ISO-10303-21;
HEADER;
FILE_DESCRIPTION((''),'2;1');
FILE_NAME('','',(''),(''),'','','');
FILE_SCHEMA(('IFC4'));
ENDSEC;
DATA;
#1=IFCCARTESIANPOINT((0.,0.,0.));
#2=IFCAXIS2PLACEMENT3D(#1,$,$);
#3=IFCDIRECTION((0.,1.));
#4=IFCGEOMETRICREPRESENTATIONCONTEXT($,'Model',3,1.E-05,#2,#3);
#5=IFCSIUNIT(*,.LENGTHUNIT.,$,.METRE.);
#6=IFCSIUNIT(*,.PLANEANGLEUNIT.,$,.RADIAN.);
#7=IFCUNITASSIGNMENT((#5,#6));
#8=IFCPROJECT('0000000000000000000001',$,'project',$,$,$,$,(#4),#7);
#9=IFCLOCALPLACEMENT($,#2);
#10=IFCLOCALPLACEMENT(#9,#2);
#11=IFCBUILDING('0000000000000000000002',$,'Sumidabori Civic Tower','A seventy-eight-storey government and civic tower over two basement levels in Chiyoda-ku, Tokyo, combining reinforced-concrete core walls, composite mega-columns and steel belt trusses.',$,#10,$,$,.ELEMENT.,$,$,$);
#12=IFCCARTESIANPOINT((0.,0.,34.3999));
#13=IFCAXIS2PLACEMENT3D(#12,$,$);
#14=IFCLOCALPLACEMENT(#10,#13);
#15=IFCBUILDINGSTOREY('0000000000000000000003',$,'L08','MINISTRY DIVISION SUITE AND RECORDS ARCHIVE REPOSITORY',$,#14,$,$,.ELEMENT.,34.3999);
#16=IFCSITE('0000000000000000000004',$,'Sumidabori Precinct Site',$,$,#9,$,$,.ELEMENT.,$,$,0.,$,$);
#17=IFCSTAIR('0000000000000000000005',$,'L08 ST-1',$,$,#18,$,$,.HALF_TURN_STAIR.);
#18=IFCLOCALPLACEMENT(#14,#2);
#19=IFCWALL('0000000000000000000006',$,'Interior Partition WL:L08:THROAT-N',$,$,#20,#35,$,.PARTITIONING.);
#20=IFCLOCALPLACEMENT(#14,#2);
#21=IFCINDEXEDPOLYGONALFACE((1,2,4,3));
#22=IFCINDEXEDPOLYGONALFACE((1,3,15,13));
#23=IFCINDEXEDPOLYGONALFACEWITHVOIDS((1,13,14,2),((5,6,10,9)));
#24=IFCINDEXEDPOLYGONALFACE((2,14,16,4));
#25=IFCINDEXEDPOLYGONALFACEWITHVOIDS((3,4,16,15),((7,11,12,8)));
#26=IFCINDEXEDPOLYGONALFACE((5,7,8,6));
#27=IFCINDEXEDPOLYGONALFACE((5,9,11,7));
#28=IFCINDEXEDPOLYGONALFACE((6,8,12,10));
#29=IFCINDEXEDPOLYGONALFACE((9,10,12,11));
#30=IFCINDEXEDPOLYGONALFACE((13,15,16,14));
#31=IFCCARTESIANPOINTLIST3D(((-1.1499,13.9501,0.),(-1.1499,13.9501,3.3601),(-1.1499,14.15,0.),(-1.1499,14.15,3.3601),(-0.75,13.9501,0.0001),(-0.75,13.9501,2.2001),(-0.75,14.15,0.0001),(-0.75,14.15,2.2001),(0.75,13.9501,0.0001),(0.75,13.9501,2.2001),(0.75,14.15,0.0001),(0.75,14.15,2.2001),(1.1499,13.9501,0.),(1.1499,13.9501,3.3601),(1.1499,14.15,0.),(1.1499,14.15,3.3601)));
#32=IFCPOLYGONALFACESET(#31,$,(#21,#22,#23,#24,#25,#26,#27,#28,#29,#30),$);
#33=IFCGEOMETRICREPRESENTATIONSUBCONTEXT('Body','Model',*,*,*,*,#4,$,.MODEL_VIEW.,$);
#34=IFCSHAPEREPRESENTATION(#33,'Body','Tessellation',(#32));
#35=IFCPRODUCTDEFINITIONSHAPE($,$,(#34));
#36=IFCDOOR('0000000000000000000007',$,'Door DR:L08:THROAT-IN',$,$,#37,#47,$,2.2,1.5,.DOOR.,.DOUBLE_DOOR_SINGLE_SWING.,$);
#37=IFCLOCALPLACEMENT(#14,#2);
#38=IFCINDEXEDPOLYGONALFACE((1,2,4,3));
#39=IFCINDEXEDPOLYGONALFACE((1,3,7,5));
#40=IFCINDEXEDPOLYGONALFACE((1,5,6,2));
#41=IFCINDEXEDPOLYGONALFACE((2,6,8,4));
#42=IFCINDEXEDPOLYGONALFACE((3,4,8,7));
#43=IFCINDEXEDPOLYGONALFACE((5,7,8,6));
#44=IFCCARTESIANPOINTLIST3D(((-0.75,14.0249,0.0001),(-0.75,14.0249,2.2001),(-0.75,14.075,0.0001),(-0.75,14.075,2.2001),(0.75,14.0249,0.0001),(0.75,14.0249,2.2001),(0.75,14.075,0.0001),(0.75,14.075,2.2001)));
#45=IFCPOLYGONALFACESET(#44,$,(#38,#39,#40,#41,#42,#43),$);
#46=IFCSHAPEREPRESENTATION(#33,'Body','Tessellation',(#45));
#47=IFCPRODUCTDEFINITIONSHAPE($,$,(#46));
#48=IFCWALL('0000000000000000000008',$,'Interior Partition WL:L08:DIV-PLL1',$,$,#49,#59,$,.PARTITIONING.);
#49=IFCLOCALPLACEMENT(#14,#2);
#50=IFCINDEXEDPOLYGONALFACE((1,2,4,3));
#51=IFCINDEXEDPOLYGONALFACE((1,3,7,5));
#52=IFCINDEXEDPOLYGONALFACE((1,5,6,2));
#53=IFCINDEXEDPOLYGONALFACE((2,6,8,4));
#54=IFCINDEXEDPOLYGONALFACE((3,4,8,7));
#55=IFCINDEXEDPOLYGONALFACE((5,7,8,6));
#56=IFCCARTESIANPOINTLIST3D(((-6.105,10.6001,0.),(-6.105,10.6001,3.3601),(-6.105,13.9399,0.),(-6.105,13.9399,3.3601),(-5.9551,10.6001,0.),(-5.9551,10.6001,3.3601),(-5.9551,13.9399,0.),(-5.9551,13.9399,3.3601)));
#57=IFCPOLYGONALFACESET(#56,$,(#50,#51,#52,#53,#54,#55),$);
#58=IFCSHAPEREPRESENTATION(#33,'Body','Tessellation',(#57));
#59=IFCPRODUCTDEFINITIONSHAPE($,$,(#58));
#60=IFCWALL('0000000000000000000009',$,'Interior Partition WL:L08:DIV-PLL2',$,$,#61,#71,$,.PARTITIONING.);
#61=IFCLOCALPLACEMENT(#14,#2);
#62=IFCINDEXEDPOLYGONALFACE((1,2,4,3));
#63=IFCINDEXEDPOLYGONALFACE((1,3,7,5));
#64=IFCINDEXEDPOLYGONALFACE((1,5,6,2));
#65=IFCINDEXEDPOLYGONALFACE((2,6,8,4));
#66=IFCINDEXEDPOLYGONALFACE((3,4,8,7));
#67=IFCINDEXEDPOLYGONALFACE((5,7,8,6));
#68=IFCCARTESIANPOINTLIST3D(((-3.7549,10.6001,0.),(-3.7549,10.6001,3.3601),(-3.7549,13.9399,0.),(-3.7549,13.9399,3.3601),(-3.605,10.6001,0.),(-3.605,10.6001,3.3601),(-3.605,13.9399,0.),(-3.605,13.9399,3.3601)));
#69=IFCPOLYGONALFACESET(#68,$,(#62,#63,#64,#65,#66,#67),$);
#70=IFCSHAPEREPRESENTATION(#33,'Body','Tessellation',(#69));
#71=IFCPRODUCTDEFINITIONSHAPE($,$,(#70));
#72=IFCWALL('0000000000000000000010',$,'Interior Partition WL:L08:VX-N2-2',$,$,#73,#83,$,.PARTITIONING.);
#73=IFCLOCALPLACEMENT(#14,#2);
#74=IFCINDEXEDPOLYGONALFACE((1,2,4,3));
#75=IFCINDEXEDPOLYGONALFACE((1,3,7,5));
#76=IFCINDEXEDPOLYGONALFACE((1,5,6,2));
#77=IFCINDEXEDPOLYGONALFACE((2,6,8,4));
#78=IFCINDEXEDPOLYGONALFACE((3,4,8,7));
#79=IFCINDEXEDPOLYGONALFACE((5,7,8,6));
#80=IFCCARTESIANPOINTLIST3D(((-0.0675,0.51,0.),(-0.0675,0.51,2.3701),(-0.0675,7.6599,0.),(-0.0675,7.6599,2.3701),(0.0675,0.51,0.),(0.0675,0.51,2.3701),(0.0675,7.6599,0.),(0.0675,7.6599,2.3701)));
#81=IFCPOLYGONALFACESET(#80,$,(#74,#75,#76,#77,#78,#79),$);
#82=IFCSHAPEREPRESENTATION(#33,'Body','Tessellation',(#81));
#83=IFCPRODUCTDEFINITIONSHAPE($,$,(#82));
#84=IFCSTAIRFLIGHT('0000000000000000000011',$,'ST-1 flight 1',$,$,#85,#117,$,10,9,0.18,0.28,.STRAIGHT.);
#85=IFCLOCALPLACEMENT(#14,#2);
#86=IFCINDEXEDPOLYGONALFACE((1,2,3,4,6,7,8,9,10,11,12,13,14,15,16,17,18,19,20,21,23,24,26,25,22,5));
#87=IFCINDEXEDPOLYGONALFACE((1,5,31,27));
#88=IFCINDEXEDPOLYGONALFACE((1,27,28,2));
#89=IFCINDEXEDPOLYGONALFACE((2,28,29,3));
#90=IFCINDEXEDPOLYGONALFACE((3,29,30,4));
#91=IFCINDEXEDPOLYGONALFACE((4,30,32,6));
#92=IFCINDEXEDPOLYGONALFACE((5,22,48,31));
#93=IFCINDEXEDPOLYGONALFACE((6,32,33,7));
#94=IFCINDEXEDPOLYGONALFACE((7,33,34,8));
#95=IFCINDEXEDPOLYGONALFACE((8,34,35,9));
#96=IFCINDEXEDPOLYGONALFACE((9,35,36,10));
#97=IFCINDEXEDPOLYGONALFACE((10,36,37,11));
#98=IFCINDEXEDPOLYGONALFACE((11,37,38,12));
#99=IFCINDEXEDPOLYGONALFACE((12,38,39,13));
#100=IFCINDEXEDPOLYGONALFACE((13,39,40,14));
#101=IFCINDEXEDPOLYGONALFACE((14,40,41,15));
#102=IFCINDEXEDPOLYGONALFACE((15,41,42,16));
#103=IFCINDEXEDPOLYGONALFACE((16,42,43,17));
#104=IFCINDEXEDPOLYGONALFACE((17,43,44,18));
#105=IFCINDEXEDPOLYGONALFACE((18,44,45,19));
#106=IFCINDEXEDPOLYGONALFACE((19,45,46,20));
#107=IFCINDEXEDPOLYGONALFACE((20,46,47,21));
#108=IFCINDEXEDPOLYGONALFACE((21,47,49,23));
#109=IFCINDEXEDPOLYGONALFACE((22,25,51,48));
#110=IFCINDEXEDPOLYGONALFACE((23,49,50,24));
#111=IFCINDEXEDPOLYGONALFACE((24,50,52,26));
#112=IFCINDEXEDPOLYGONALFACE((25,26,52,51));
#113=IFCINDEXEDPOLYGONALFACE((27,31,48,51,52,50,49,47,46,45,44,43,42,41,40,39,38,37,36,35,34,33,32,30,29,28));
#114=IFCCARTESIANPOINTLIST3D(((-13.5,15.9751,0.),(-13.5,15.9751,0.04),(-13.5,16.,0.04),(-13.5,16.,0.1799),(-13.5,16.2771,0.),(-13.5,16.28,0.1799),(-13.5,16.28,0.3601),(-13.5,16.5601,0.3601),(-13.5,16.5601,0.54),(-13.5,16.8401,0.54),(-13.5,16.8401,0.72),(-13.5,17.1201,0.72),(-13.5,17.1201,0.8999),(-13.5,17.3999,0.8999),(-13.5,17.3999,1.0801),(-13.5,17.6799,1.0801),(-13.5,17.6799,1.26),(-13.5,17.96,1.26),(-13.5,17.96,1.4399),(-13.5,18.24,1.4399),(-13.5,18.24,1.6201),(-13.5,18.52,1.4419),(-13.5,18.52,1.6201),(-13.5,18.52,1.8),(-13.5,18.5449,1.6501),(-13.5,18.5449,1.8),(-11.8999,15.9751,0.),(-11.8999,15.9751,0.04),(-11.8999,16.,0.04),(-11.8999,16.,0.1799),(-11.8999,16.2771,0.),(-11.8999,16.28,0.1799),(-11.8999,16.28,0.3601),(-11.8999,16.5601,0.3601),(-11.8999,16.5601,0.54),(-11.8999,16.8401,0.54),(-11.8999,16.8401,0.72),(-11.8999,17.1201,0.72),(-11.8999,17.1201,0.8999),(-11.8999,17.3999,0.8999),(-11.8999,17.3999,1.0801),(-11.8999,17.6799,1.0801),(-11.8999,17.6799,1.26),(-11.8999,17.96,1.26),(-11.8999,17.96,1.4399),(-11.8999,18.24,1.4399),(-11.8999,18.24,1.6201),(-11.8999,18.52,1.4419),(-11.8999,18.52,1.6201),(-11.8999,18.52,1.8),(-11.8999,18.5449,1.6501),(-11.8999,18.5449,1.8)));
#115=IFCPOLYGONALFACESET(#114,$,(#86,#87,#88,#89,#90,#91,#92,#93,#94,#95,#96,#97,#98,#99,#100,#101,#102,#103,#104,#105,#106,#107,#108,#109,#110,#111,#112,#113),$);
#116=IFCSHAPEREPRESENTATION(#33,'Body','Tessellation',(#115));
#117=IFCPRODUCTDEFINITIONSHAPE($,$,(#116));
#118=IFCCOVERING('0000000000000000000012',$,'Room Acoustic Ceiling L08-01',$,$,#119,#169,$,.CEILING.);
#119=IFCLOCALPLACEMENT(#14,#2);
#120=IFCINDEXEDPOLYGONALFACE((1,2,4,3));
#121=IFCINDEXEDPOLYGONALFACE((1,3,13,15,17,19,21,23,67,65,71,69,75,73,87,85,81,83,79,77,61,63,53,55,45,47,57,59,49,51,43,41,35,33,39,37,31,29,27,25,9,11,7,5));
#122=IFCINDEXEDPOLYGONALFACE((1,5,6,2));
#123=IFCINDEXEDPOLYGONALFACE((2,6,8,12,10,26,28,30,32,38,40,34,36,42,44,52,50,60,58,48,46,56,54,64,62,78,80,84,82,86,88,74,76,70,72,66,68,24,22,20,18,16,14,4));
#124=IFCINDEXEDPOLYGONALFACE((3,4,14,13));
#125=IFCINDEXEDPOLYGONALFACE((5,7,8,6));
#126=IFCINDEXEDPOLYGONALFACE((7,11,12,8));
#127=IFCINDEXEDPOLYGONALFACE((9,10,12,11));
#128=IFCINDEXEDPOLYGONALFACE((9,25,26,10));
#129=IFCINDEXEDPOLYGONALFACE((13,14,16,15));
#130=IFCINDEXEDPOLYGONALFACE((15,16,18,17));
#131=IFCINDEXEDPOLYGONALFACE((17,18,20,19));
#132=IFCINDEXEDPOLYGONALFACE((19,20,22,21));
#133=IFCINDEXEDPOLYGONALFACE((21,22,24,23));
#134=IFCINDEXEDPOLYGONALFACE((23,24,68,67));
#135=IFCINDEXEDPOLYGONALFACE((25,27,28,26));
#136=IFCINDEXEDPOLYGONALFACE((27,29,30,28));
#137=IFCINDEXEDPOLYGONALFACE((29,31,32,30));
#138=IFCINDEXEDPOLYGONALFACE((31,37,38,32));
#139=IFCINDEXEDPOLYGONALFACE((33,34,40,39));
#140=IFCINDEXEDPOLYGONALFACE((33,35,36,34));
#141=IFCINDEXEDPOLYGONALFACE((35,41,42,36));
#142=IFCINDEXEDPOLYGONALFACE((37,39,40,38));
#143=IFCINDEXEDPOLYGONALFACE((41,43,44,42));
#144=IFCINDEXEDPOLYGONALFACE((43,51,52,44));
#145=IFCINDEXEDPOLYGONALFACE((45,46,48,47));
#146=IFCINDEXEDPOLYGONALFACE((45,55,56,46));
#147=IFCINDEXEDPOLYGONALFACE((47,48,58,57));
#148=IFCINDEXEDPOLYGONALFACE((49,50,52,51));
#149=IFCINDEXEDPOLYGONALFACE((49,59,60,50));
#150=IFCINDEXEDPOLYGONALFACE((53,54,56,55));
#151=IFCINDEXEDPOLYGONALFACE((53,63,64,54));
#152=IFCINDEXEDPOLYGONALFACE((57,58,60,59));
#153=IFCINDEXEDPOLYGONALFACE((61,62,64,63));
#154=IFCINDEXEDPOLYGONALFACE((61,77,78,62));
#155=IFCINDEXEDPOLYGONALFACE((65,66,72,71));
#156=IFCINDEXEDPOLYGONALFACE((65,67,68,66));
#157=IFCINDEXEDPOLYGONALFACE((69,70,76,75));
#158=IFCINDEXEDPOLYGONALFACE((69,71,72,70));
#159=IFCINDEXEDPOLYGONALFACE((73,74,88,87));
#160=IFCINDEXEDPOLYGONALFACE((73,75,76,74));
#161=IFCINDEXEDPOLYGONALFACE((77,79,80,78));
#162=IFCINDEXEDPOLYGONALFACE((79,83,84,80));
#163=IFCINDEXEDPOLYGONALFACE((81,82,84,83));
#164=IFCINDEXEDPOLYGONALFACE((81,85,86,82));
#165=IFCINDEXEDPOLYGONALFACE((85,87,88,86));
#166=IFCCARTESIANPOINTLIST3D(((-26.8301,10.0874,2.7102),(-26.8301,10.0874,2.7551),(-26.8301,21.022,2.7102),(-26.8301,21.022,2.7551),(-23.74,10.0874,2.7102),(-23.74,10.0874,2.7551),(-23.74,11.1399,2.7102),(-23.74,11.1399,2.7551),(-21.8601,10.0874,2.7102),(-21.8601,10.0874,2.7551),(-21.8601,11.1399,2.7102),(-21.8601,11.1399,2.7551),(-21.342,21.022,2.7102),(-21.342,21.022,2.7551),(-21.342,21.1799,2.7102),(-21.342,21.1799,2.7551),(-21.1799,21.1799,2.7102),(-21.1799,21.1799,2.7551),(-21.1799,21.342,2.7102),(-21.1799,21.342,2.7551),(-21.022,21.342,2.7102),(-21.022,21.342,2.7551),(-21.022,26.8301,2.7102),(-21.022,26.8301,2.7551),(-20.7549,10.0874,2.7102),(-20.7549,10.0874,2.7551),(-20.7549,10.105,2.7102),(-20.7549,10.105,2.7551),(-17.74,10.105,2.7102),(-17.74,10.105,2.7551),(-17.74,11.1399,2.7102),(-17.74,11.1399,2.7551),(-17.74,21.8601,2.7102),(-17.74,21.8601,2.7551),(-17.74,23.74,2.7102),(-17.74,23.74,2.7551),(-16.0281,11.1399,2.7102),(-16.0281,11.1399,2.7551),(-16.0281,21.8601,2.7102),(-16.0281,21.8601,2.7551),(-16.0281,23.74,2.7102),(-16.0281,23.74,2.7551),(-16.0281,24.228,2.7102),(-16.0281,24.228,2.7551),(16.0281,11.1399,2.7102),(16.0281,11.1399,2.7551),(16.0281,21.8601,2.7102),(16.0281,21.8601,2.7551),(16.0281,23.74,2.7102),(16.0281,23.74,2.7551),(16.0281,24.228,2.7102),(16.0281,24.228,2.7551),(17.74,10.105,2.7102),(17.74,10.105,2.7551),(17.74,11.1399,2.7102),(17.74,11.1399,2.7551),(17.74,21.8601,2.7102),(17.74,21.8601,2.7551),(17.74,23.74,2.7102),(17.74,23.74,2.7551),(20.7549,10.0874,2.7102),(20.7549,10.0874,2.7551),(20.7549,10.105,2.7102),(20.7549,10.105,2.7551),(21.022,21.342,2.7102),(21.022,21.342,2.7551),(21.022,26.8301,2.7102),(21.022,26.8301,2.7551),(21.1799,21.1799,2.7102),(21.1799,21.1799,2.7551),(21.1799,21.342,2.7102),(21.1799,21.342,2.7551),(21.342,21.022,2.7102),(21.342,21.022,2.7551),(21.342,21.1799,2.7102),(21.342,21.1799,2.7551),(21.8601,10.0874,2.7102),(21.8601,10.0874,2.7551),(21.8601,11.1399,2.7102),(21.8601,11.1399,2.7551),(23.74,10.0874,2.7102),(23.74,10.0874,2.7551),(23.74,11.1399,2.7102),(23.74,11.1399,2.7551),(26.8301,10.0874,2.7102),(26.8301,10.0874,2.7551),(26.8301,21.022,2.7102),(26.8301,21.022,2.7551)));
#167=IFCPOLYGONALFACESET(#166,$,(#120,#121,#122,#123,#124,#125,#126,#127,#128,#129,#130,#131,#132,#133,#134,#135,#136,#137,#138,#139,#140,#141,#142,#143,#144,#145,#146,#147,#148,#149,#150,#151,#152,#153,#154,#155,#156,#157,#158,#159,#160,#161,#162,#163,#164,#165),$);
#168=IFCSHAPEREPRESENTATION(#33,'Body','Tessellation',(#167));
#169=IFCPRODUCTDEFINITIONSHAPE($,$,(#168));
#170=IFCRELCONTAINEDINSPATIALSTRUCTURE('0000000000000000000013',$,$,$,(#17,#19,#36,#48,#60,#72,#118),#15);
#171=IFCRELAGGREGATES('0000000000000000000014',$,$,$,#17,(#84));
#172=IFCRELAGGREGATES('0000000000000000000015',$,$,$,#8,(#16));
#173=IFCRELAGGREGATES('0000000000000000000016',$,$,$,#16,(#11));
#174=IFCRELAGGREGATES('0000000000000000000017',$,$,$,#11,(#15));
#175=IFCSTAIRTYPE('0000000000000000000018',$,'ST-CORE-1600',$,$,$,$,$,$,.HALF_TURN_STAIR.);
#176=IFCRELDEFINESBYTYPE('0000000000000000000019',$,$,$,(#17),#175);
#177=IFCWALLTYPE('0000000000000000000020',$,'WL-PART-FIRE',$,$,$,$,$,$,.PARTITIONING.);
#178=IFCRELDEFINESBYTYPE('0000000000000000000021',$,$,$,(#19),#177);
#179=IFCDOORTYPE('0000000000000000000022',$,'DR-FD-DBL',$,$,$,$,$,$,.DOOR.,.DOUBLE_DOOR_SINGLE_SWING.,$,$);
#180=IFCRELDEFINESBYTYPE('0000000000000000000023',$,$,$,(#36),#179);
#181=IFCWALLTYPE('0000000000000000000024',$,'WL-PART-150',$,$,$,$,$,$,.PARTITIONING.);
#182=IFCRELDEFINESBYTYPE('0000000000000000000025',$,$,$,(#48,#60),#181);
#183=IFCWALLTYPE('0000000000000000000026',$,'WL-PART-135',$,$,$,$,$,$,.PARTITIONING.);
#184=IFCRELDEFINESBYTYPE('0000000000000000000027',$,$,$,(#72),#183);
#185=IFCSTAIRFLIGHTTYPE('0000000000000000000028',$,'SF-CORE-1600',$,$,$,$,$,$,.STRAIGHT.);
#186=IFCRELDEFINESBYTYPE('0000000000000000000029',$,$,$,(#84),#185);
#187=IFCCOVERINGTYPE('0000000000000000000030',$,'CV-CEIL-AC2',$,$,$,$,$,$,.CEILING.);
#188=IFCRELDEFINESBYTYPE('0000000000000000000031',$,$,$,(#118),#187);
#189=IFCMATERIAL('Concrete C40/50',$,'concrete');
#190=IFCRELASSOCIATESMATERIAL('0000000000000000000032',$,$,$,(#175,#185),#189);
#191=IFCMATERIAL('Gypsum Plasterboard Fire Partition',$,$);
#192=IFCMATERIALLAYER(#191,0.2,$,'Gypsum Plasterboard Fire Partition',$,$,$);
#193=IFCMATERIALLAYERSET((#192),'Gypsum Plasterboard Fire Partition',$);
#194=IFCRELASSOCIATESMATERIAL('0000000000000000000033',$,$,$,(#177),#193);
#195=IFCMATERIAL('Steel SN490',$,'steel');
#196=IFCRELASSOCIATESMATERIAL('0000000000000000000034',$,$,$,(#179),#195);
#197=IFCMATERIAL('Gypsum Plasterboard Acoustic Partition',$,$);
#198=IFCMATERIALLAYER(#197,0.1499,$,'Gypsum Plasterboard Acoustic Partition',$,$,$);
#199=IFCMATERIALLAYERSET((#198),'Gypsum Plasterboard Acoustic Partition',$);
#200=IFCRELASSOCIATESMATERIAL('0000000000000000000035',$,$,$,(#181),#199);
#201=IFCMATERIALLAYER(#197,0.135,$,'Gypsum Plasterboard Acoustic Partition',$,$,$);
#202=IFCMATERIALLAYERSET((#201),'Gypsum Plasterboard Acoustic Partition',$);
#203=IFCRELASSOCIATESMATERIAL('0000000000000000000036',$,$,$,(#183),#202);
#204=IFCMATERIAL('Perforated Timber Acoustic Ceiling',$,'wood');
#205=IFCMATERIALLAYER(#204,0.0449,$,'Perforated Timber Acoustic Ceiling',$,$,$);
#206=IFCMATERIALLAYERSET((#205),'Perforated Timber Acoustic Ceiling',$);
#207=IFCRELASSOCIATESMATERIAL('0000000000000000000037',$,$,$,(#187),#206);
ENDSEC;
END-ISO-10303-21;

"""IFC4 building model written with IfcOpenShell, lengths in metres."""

from ifc_helpers import new_model, si_unit, direction, frame, frame_2d, origin, place, context, subcontext, project, spatial, polyline, rectangle, outline, extrude, source, transform, mapped, material, layer, layer_set, type_object, element, fill, aggregate, save


model = new_model("IFC4")

# Units and contexts
model_context = context("Model", 3, precision=1e-05, world=origin(), true_north=direction((0.0, 1.0)))
body_context = subcontext(model_context, "Body", "Model", "MODEL_VIEW")
ifc_project = project(units=[si_unit("LENGTHUNIT", "METRE"), si_unit("PLANEANGLEUNIT", "RADIAN")], contexts=[model_context])

# Site, building, storey
site_placement = place(None, origin())
site = spatial("IfcSite", under=ifc_project, at=site_placement, Name="Sumidabori Precinct Site", CompositionType="ELEMENT", RefElevation=0.0)
building_placement = place(site_placement, origin())
building = spatial("IfcBuilding", under=site, at=building_placement, Name="Sumidabori Civic Tower", Description="A seventy-eight-storey government and civic tower over two basement levels in Chiyoda-ku, Tokyo, combining reinforced-concrete core walls, composite mega-columns and steel belt trusses.", CompositionType="ELEMENT")
storey_placement = place(building_placement, frame((0.0, 0.0, 34.3999)))
storey = spatial("IfcBuildingStorey", under=building, at=storey_placement, Name="L08", Description="MINISTRY DIVISION SUITE AND RECORDS ARCHIVE REPOSITORY", CompositionType="ELEMENT", Elevation=34.3999)

# Stair
ifc_material_1 = material(Name="Concrete C40/50", Category="concrete")
stair_type = type_object("IfcStairType", Name="ST-CORE-1600", PredefinedType="HALF_TURN_STAIR", material=ifc_material_1)
stair_1_placement = place(storey_placement, origin())
stair_1 = element("IfcStair", 1, at=stair_1_placement, inside=storey, type_object=stair_type, Name="L08 ST-1", PredefinedType="HALF_TURN_STAIR")

# Shared definitions
ifc_material_2 = material(Name="Steel SN490", Category="steel")

# Shared definitions
ifc_material_3 = material(Name="Gypsum Plasterboard Fire Partition")
ifc_layer_1 = layer(ifc_material_3, 0.2, Name="Gypsum Plasterboard Fire Partition")
ifc_layer_set_1 = layer_set([ifc_layer_1], Name="Gypsum Plasterboard Fire Partition")
wall_type_1 = type_object("IfcWallType", Name="WL-PART-FIRE", PredefinedType="PARTITIONING", material=ifc_layer_set_1)

# Wall, opening, door
shared_shape_1 = source(origin(), body_context, "Body", "SweptSolid", [
    extrude(rectangle(XDim=2.2998, YDim=0.2, at=frame_2d((1.1499, 0.0))), origin(), (0.0, 0.0, 1.0), 3.3601),
])
wall_1_placement = place(storey_placement, frame((-1.1499, 14.05, 0.0), z_axis=(0.0, 0.0, 1.0), x_axis=(1.0, 0.0, 0.0)))
wall_1 = element("IfcWall", 2, at=wall_1_placement, inside=storey, type_object=wall_type_1, Name="Interior Partition WL:L08:THROAT-N", PredefinedType="PARTITIONING", context=body_context, shape_type="MappedRepresentation", body=[
    mapped(shared_shape_1, transform((0.0, 0.0, 0.0), x_axis=(1.0, 0.0, 0.0), y_axis=(0.0, 1.0, 0.0), z_axis=(0.0, 0.0, 1.0), scale=1.0)),
])
opening_1_placement = place(wall_1_placement, frame((0.3999, 0.0, 0.0)))
opening_1 = element("IfcOpeningElement", 3, at=opening_1_placement, cuts=wall_1, PredefinedType="OPENING", context=body_context, shape_type="SweptSolid", body=[
    extrude(rectangle(XDim=1.5, YDim=2.2, at=frame_2d((0.75, 1.1001))), frame((0.0, 0.1118, 0.0), z_axis=(0.0, -1.0, 0.0), x_axis=(1.0, 0.0, 0.0)), (0.0, 0.0, 1.0), 0.2239),
])
door_type_1 = type_object("IfcDoorType", Name="DR-FD-DBL", OperationType="DOUBLE_DOOR_SINGLE_SWING", PredefinedType="DOOR", material=ifc_material_2)
shared_shape_2 = source(origin(), body_context, "Body", "SweptSolid", [
    extrude(rectangle(XDim=1.5, YDim=2.2, at=frame_2d((0.75, 1.1001))), frame((0.0, 0.0249, 0.0), z_axis=(0.0, -1.0, 0.0), x_axis=(1.0, 0.0, 0.0)), (0.0, 0.0, 1.0), 0.05),
])
door_1_placement = place(opening_1_placement, origin())
door_1 = element("IfcDoor", 4, at=door_1_placement, inside=storey, type_object=door_type_1, Name="Door DR:L08:THROAT-IN", OperationType="DOUBLE_DOOR_SINGLE_SWING", OverallHeight=2.2, OverallWidth=1.5, PredefinedType="DOOR", context=body_context, shape_type="MappedRepresentation", body=[
    mapped(shared_shape_2, transform((0.0, 0.0, 0.0), x_axis=(1.0, 0.0, 0.0), y_axis=(0.0, 1.0, 0.0), z_axis=(0.0, 0.0, 1.0), scale=1.0)),
])
fill(opening_1, door_1)

# Walls
ifc_material_4 = material(Name="Gypsum Plasterboard Acoustic Partition")
ifc_layer_2 = layer(ifc_material_4, 0.1499, Name="Gypsum Plasterboard Acoustic Partition")
ifc_layer_set_2 = layer_set([ifc_layer_2], Name="Gypsum Plasterboard Acoustic Partition")
wall_type_2 = type_object("IfcWallType", Name="WL-PART-150", PredefinedType="PARTITIONING", material=ifc_layer_set_2)
shared_shape_3 = source(origin(), body_context, "Body", "SweptSolid", [
    extrude(rectangle(XDim=3.3398, YDim=0.1499, at=frame_2d((1.6699, 0.0))), origin(), (0.0, 0.0, 1.0), 3.3601),
])
for number, where, z_axis, x_axis, name in (
    (5, (-6.03, 10.6001, 0.0), (0.0, 0.0, 1.0), (0.0, 1.0, 0.0), "Interior Partition WL:L08:DIV-PLL1"),
    (6, (-3.6799, 10.6001, 0.0), (0.0, 0.0, 1.0), (0.0, 1.0, 0.0), "Interior Partition WL:L08:DIV-PLL2"),
):
    element("IfcWall", number, at=place(storey_placement, frame(where, z_axis=z_axis, x_axis=x_axis)), inside=storey, type_object=wall_type_2, Name=name, PredefinedType="PARTITIONING", context=body_context, shape_type="MappedRepresentation", body=[
        mapped(shared_shape_3, transform((0.0, 0.0, 0.0), x_axis=(1.0, 0.0, 0.0), y_axis=(0.0, 1.0, 0.0), z_axis=(0.0, 0.0, 1.0), scale=1.0)),
    ])
ifc_layer_3 = layer(ifc_material_4, 0.135, Name="Gypsum Plasterboard Acoustic Partition")
ifc_layer_set_3 = layer_set([ifc_layer_3], Name="Gypsum Plasterboard Acoustic Partition")
wall_type_3 = type_object("IfcWallType", Name="WL-PART-135", PredefinedType="PARTITIONING", material=ifc_layer_set_3)
shared_shape_4 = source(origin(), body_context, "Body", "SweptSolid", [
    extrude(rectangle(XDim=7.1499, YDim=0.135, at=frame_2d((3.575, 0.0))), origin(), (0.0, 0.0, 1.0), 2.3701),
])
wall_2_placement = place(storey_placement, frame((0.0, 0.51, 0.0), z_axis=(0.0, 0.0, 1.0), x_axis=(0.0, 1.0, 0.0)))
element("IfcWall", 7, at=wall_2_placement, inside=storey, type_object=wall_type_3, Name="Interior Partition WL:L08:VX-N2-2", PredefinedType="PARTITIONING", context=body_context, shape_type="MappedRepresentation", body=[
    mapped(shared_shape_4, transform((0.0, 0.0, 0.0), x_axis=(1.0, 0.0, 0.0), y_axis=(0.0, 1.0, 0.0), z_axis=(0.0, 0.0, 1.0), scale=1.0)),
])

# Stair flight
stair_flight_type = type_object("IfcStairFlightType", Name="SF-CORE-1600", PredefinedType="STRAIGHT", material=ifc_material_1)
shared_shape_5 = source(origin(), body_context, "Body", "SweptSolid", [
    extrude(outline(polyline([(-0.0249, 0.0), (-0.0249, 0.04), (0.0, 0.04), (0.0, 0.1799), (0.28, 0.1799), (0.28, 0.3601), (0.5601, 0.3601), (0.5601, 0.54), (0.8401, 0.54), (0.8401, 0.72), (1.1201, 0.72), (1.1201, 0.8999), (1.3999, 0.8999), (1.3999, 1.0801), (1.6799, 1.0801), (1.6799, 1.26), (1.96, 1.26), (1.96, 1.4399), (2.24, 1.4399), (2.24, 1.6201), (2.52, 1.6201), (2.52, 1.8), (2.5449, 1.8), (2.5449, 1.6501), (2.52, 1.4419), (0.2771, 0.0), (-0.0249, 0.0)])), frame((0.0, 0.8, 0.0), z_axis=(0.0, -1.0, 0.0), x_axis=(1.0, 0.0, 0.0)), (0.0, 0.0, 1.0), 1.6001),
])
stair_flight_placement = place(storey_placement, frame((-12.7, 16.0, 0.0), z_axis=(0.0, 0.0, 1.0), x_axis=(0.0, 1.0, 0.0)))
stair_flight = element("IfcStairFlight", 8, at=stair_flight_placement, type_object=stair_flight_type, Name="ST-1 flight 1", NumberOfRisers=10, NumberOfTreads=9, PredefinedType="STRAIGHT", RiserHeight=0.18, TreadLength=0.28, context=body_context, shape_type="MappedRepresentation", body=[
    mapped(shared_shape_5, transform((0.0, 0.0, 0.0), x_axis=(1.0, 0.0, 0.0), y_axis=(0.0, 1.0, 0.0), z_axis=(0.0, 0.0, 1.0), scale=1.0)),
])
aggregate(stair_1, [stair_flight])

# Covering
ifc_material_5 = material(Name="Perforated Timber Acoustic Ceiling", Category="wood")
ifc_layer_4 = layer(ifc_material_5, 0.0449, Name="Perforated Timber Acoustic Ceiling")
ifc_layer_set_4 = layer_set([ifc_layer_4], Name="Perforated Timber Acoustic Ceiling")
covering_type_1 = type_object("IfcCoveringType", Name="CV-CEIL-AC2", PredefinedType="CEILING", material=ifc_layer_set_4)
covering_1_placement = place(storey_placement, frame((0.0, 0.0, 2.7102)))
element("IfcCovering", 9, at=covering_1_placement, inside=storey, type_object=covering_type_1, Name="Room Acoustic Ceiling L08-01", PredefinedType="CEILING", context=body_context, shape_type="SweptSolid", body=[
    extrude(outline(polyline([(-21.342, 21.1799), (-21.1799, 21.1799), (-21.1799, 21.342), (-21.022, 21.342), (-21.022, 26.8301), (21.022, 26.8301), (21.022, 21.342), (21.1799, 21.342), (21.1799, 21.1799), (21.342, 21.1799), (21.342, 21.022), (26.8301, 21.022), (26.8301, 10.0874), (23.74, 10.0874), (23.74, 11.1399), (21.8601, 11.1399), (21.8601, 10.0874), (20.7549, 10.0874), (20.7549, 10.105), (17.74, 10.105), (17.74, 11.1399), (16.0281, 11.1399), (16.0281, 21.8601), (17.74, 21.8601), (17.74, 23.74), (16.0281, 23.74), (16.0281, 24.228), (-16.0281, 24.228), (-16.0281, 23.74), (-17.74, 23.74), (-17.74, 21.8601), (-16.0281, 21.8601), (-16.0281, 11.1399), (-17.74, 11.1399), (-17.74, 10.105), (-20.7549, 10.105), (-20.7549, 10.0874), (-21.8601, 10.0874), (-21.8601, 11.1399), (-23.74, 11.1399), (-23.74, 10.0874), (-26.8301, 10.0874), (-26.8301, 21.022), (-21.342, 21.022), (-21.342, 21.1799)])), origin(), (0.0, 0.0, 1.0), 0.0449),
])

save(model, "model.ifc")
